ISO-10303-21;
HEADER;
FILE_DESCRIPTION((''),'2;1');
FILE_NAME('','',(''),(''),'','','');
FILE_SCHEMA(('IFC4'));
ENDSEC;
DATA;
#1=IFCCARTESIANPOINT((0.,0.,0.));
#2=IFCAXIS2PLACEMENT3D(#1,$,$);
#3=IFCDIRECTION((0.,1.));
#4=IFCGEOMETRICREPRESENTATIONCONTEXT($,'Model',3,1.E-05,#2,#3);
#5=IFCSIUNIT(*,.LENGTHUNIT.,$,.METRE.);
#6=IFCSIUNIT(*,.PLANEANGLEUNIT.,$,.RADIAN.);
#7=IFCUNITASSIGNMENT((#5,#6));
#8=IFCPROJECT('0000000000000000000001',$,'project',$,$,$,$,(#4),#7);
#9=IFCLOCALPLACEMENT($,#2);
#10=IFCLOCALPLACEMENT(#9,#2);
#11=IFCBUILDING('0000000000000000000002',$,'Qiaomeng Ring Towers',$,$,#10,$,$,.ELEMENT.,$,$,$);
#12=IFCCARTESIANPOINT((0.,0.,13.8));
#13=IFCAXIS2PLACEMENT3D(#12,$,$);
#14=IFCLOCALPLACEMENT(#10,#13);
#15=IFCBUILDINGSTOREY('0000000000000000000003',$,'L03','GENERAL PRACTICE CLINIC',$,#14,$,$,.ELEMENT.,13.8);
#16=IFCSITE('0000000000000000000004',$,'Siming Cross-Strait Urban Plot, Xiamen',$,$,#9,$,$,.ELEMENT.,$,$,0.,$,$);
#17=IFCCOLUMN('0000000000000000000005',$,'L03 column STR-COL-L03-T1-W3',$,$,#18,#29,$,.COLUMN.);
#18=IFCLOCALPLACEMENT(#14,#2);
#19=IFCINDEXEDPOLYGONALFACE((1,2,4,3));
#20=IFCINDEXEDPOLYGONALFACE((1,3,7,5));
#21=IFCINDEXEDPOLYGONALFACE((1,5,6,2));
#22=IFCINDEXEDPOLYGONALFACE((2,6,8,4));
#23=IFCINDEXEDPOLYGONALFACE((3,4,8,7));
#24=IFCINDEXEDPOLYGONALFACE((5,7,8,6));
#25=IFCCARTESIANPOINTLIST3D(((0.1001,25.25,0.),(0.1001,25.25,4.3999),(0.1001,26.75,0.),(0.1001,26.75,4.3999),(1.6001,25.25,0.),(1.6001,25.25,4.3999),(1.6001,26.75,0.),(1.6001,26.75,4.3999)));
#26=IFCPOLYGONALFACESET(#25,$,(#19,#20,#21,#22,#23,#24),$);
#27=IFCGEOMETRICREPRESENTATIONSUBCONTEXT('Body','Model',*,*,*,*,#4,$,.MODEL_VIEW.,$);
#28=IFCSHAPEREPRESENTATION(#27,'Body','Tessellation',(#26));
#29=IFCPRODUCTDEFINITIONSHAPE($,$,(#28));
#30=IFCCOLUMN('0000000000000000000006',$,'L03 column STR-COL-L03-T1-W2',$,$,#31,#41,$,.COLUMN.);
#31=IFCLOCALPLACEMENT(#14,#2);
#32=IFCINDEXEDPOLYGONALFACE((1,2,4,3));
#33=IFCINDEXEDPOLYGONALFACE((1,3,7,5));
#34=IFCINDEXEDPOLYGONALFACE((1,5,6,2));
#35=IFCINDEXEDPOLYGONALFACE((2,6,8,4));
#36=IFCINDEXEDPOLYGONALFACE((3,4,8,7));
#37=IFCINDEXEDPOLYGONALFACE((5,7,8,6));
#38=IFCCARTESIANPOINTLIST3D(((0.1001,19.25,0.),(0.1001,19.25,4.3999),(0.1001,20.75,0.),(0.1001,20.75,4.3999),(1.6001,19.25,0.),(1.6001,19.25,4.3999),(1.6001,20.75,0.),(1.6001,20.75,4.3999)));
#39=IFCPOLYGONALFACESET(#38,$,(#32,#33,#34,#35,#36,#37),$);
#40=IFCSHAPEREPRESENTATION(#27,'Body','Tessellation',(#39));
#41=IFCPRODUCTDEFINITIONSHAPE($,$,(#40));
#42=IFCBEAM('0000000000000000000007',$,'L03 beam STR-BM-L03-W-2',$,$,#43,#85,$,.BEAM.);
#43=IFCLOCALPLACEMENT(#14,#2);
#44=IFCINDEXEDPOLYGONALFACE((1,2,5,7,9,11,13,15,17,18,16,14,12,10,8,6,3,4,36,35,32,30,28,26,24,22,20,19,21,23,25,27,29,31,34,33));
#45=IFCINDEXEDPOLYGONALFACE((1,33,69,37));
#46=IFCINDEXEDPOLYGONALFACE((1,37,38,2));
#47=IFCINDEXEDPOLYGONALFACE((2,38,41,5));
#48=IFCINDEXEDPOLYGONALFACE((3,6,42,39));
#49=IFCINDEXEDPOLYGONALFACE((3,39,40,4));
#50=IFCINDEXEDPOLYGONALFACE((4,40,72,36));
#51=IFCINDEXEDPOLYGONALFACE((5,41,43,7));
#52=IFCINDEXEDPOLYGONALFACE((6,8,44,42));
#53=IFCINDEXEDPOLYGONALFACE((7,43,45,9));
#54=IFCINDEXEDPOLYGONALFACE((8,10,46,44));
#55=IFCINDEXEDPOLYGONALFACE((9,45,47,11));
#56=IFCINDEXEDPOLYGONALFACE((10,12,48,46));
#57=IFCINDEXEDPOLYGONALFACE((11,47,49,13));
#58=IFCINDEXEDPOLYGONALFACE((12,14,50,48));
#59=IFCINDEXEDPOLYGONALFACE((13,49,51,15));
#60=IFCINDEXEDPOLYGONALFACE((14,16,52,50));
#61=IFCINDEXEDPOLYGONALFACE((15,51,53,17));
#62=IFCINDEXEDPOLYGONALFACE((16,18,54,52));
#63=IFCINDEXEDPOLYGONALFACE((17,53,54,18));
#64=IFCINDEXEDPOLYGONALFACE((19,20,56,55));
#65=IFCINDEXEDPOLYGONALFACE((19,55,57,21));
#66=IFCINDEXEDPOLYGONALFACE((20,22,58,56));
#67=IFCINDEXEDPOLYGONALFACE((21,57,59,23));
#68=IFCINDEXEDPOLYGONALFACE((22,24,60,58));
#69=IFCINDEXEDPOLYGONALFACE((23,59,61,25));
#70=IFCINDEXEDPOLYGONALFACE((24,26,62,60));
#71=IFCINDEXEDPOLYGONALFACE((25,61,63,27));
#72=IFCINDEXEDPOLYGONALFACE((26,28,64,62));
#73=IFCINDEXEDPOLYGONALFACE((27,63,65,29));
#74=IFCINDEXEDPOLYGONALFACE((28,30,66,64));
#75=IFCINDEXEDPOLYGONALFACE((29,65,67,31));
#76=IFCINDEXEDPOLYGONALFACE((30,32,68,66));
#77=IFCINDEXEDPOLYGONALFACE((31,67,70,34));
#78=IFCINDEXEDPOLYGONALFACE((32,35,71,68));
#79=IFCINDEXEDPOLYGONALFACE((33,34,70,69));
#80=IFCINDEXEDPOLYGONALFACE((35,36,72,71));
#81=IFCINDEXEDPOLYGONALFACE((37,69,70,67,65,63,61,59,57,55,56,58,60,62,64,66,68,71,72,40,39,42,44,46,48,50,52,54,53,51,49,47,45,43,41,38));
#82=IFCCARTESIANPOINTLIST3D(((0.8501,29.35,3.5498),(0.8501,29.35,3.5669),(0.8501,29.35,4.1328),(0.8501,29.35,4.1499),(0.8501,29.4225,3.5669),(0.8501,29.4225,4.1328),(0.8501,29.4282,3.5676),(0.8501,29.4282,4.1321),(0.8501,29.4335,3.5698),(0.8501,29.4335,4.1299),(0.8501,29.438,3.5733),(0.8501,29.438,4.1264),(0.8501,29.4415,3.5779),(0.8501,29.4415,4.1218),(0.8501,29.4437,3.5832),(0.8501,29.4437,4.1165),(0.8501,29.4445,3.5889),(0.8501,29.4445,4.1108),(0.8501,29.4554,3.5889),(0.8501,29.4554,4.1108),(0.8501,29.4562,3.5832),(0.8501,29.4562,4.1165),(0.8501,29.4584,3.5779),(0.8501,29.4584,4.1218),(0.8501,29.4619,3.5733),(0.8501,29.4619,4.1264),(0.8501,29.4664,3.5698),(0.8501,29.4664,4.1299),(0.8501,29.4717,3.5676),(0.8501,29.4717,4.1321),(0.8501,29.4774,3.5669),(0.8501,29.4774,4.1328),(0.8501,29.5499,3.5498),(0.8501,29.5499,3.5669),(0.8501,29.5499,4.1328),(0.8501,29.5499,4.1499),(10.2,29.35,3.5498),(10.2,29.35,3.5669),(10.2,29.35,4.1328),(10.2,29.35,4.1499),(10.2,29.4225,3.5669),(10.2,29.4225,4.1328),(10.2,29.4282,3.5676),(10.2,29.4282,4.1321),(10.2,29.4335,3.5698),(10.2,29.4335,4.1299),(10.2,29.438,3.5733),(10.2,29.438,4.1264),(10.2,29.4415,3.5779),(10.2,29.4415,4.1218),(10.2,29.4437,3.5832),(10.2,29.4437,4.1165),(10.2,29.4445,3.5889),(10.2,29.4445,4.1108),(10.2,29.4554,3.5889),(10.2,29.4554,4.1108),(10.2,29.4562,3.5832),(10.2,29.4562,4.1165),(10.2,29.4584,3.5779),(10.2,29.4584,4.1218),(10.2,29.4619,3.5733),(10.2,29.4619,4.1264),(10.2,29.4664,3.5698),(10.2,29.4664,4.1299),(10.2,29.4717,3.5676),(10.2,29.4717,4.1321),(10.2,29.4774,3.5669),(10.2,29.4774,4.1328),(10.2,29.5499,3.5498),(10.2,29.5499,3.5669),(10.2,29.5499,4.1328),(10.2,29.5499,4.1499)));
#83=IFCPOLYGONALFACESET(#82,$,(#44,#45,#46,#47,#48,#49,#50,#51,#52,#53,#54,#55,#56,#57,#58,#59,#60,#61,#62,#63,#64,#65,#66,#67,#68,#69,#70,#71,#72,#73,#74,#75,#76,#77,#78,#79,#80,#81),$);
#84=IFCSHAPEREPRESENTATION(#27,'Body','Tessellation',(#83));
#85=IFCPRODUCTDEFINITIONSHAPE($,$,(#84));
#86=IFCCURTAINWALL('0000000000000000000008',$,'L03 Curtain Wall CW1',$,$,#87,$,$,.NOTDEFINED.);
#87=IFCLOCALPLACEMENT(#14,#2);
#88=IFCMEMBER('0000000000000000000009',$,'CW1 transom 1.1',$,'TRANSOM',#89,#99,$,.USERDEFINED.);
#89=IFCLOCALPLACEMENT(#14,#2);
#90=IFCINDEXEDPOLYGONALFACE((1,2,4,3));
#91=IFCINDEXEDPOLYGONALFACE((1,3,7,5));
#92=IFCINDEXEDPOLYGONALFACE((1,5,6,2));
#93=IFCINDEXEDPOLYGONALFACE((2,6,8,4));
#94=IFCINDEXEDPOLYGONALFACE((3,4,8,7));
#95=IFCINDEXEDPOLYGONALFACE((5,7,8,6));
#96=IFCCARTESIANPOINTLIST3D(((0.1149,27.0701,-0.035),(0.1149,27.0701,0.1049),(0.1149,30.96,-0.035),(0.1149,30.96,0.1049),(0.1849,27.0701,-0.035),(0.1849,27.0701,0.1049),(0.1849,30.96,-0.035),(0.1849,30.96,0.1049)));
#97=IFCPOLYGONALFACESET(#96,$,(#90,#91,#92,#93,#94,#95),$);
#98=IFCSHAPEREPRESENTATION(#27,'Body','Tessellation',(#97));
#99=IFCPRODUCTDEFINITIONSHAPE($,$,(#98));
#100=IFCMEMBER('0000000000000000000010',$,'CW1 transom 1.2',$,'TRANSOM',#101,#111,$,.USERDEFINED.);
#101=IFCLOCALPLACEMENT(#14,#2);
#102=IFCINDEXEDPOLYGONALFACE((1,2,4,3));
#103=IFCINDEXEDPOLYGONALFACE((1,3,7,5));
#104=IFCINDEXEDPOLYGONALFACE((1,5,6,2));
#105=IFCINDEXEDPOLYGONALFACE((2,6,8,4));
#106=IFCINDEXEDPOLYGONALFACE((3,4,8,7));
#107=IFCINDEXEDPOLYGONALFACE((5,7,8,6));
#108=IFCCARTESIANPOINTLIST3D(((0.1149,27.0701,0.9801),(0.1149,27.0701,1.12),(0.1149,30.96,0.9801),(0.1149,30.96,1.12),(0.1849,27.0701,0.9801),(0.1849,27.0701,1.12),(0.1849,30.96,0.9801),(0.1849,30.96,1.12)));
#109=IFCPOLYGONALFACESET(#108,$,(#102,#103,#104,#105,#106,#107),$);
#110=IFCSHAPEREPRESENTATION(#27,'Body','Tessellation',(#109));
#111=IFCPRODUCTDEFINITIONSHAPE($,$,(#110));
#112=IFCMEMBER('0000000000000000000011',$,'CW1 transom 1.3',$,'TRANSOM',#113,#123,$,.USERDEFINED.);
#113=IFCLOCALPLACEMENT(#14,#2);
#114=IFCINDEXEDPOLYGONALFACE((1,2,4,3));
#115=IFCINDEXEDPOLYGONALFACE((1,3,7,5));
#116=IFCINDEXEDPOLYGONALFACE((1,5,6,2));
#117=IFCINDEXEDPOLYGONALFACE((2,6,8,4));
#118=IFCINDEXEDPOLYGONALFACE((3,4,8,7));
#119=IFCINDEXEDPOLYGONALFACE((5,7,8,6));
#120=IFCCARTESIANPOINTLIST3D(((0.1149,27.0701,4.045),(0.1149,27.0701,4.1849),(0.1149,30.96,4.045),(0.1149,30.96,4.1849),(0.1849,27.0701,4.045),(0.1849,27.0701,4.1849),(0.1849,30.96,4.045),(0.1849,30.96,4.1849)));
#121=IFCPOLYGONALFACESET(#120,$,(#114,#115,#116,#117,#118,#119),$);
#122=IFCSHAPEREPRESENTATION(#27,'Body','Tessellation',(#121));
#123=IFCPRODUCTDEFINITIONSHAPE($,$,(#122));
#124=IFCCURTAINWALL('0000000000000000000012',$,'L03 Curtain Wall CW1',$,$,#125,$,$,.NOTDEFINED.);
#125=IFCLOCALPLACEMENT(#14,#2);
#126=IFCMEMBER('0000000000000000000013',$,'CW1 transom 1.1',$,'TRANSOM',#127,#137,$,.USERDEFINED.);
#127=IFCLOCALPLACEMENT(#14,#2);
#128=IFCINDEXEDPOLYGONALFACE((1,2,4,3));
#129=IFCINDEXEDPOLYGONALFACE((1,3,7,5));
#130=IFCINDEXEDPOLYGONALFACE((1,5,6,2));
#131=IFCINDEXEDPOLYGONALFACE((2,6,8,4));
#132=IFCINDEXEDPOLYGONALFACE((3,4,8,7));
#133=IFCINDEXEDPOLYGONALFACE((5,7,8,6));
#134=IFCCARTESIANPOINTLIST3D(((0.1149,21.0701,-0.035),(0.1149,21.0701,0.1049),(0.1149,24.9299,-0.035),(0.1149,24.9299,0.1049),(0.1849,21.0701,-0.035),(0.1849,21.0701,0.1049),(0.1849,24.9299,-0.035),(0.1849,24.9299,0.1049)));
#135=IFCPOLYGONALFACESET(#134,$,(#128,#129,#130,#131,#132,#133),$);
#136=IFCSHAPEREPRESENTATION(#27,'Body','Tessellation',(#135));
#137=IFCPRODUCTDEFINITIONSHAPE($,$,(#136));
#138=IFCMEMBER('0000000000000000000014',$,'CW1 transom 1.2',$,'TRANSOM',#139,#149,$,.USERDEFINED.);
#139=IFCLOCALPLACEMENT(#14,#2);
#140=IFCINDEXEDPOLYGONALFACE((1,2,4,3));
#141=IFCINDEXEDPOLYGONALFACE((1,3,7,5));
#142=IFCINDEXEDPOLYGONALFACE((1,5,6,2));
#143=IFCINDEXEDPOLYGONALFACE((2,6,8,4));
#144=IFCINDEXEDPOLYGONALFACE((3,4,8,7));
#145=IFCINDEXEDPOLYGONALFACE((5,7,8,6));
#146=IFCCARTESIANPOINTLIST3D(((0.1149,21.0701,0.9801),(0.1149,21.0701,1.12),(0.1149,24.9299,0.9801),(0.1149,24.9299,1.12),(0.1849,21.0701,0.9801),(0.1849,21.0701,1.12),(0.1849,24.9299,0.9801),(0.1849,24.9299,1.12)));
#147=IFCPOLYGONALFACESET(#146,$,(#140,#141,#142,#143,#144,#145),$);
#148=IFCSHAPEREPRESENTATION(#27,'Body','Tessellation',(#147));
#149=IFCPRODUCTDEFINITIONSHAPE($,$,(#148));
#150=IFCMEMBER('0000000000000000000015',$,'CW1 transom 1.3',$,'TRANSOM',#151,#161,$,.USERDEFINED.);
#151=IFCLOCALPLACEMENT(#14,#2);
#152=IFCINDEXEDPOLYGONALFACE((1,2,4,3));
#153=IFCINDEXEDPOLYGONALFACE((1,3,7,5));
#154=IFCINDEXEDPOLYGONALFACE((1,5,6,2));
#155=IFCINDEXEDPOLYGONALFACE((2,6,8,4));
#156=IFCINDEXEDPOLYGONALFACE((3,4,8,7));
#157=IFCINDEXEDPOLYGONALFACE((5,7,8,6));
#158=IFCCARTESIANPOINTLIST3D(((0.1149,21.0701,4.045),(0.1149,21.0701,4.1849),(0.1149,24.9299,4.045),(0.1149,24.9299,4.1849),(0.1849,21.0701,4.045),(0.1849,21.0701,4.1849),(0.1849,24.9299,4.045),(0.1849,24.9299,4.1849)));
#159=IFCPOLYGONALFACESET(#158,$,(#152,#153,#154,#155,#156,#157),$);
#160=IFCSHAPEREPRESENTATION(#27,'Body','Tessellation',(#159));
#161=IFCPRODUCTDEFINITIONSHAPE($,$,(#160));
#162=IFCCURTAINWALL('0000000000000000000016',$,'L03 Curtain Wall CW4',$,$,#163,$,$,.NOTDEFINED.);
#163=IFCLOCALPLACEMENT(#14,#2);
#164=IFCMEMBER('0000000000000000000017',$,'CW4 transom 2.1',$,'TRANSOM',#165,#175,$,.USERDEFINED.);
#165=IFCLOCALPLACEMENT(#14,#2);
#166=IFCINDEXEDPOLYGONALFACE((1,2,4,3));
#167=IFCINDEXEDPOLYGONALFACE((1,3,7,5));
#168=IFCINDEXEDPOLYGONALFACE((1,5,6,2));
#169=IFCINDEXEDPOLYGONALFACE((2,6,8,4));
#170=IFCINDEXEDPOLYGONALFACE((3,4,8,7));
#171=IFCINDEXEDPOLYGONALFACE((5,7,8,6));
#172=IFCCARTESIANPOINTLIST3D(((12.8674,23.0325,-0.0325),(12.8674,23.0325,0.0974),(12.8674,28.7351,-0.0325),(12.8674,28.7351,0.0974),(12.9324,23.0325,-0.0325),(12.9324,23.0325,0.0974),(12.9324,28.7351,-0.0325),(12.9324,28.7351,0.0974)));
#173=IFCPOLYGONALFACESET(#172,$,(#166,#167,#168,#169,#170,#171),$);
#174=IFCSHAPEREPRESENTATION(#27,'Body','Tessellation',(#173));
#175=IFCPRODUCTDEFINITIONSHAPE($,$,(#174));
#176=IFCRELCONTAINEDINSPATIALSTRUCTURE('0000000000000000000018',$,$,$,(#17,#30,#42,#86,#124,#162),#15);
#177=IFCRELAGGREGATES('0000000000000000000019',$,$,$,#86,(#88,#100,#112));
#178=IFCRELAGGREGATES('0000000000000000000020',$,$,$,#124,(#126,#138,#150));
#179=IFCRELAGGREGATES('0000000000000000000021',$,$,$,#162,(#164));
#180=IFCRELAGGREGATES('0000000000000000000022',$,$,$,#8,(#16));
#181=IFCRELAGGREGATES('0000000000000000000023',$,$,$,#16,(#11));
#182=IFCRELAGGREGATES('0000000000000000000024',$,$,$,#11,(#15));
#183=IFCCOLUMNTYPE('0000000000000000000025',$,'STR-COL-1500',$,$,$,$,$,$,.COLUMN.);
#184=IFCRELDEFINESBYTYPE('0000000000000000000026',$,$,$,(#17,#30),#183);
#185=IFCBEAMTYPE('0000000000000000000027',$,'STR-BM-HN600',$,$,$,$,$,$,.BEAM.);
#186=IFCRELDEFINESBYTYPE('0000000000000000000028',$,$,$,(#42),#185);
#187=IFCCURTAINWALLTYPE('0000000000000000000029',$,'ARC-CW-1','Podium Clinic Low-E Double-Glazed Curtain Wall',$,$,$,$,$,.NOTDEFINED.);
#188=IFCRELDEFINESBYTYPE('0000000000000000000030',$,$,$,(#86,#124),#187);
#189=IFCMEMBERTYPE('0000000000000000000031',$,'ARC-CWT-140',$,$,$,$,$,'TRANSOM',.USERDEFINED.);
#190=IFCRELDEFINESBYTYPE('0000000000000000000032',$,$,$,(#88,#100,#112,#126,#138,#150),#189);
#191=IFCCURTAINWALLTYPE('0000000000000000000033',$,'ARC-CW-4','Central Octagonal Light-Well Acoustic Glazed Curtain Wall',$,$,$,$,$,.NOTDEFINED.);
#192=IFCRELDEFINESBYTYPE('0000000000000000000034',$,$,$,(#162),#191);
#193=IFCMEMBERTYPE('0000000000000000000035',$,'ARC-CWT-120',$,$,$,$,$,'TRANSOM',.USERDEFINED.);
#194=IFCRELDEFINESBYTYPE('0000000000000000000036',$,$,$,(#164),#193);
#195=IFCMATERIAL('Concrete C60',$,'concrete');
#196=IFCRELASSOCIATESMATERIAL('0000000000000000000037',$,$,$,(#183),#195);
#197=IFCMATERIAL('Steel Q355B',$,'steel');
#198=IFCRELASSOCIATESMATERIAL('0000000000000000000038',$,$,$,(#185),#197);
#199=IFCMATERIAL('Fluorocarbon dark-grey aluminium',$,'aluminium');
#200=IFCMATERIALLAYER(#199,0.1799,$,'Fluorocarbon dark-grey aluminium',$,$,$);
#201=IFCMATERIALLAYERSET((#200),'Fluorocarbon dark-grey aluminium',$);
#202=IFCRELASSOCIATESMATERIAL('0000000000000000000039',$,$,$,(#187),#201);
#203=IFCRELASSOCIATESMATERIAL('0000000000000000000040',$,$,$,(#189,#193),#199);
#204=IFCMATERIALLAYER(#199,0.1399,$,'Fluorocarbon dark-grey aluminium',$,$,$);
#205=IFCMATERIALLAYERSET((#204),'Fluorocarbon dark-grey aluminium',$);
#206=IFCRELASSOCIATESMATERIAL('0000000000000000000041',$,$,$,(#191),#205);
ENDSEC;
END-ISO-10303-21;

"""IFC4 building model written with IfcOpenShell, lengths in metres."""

from ifc_helpers import new_model, si_unit, direction, frame, origin, origin_2d, place, context, subcontext, project, spatial, rectangle, i_section, extrude, source, transform, mapped, material, layer, layer_set, material_profile, profile_set, type_object, element, aggregate, save


model = new_model("IFC4")

# Units and contexts
model_context = context("Model", 3, precision=1e-05, world=origin(), true_north=direction((0.0, 1.0)))
body_context = subcontext(model_context, "Body", "Model", "MODEL_VIEW")
ifc_project = project(units=[si_unit("LENGTHUNIT", "METRE"), si_unit("PLANEANGLEUNIT", "RADIAN")], contexts=[model_context])

# Site, building, storey
site_placement = place(None, origin())
site = spatial("IfcSite", under=ifc_project, at=site_placement, Name="Siming Cross-Strait Urban Plot, Xiamen", CompositionType="ELEMENT", RefElevation=0.0)
building_placement = place(site_placement, origin())
building = spatial("IfcBuilding", under=site, at=building_placement, Name="Qiaomeng Ring Towers", CompositionType="ELEMENT")
storey_placement = place(building_placement, frame((0.0, 0.0, 13.8)))
storey = spatial("IfcBuildingStorey", under=building, at=storey_placement, Name="L03", Description="GENERAL PRACTICE CLINIC", CompositionType="ELEMENT", Elevation=13.8)

# Columns
ifc_material_1 = material(Name="Concrete C60", Category="concrete")
ifc_material_profile_1 = material_profile(ifc_material_1, rectangle(XDim=1.5, YDim=1.5, at=origin_2d()), Name="RC COL 1500x1500")
ifc_profile_set_1 = profile_set([ifc_material_profile_1], Name="Concrete C60")
column_type = type_object("IfcColumnType", Name="STR-COL-1500", PredefinedType="COLUMN", material=ifc_profile_set_1)
shared_shape_1 = source(origin(), body_context, "Body", "SweptSolid", [
    extrude(rectangle(XDim=1.5, YDim=1.5, at=origin_2d()), origin(), (0.0, 0.0, 1.0), 4.3999),
])
for number, where, z_axis, x_axis, name in (
    (1, (0.8501, 26.0, 0.0), (0.0, 0.0, 1.0), (1.0, 0.0, 0.0), "L03 column STR-COL-L03-T1-W3"),
    (2, (0.8501, 20.0, 0.0), (0.0, 0.0, 1.0), (1.0, 0.0, 0.0), "L03 column STR-COL-L03-T1-W2"),
):
    element("IfcColumn", number, at=place(storey_placement, frame(where, z_axis=z_axis, x_axis=x_axis)), inside=storey, type_object=column_type, Name=name, PredefinedType="COLUMN", context=body_context, shape_type="MappedRepresentation", body=[
        mapped(shared_shape_1, transform((0.0, 0.0, 0.0), x_axis=(1.0, 0.0, 0.0), y_axis=(0.0, 1.0, 0.0), z_axis=(0.0, 0.0, 1.0), scale=1.0)),
    ])

# Beam
ifc_material_2 = material(Name="Steel Q355B", Category="steel")
ifc_material_profile_2 = material_profile(ifc_material_2, i_section(OverallWidth=0.2, OverallDepth=0.6001, WebThickness=0.011, FlangeThickness=0.0171, FilletRadius=0.022, at=origin_2d()), Name="HN 600x200x11x17")
ifc_profile_set_2 = profile_set([ifc_material_profile_2], Name="Steel Q355B")
beam_type = type_object("IfcBeamType", Name="STR-BM-HN600", PredefinedType="BEAM", material=ifc_profile_set_2)
shared_shape_2 = source(origin(), body_context, "Body", "SweptSolid", [
    extrude(i_section(OverallWidth=0.2, OverallDepth=0.6001, WebThickness=0.011, FlangeThickness=0.0171, FilletRadius=0.022, at=origin_2d()), origin(), (0.0, 0.0, 1.0), 9.3499),
])
beam_placement = place(storey_placement, frame((0.8501, 29.45, 3.8499), z_axis=(1.0, 0.0, 0.0), x_axis=(0.0, 1.0, 0.0)))
element("IfcBeam", 3, at=beam_placement, inside=storey, type_object=beam_type, Name="L03 beam STR-BM-L03-W-2", PredefinedType="BEAM", context=body_context, shape_type="MappedRepresentation", body=[
    mapped(shared_shape_2, transform((0.0, 0.0, 0.0), x_axis=(1.0, 0.0, 0.0), y_axis=(0.0, 1.0, 0.0), z_axis=(0.0, 0.0, 1.0), scale=1.0)),
])

# Curtain walls, members
ifc_material_3 = material(Name="Fluorocarbon dark-grey aluminium", Category="aluminium")
ifc_layer_1 = layer(ifc_material_3, 0.1799, Name="Fluorocarbon dark-grey aluminium")
ifc_layer_set_1 = layer_set([ifc_layer_1], Name="Fluorocarbon dark-grey aluminium")
curtain_wall_type_1 = type_object("IfcCurtainWallType", Name="ARC-CW-1", Description="Podium Clinic Low-E Double-Glazed Curtain Wall", PredefinedType="NOTDEFINED", material=ifc_layer_set_1)
curtain_wall_1_placement = place(storey_placement, origin())
curtain_wall_1 = element("IfcCurtainWall", 4, at=curtain_wall_1_placement, inside=storey, type_object=curtain_wall_type_1, Name="L03 Curtain Wall CW1", PredefinedType="NOTDEFINED")
ifc_material_profile_3 = material_profile(ifc_material_3, rectangle(XDim=0.0701, YDim=0.1399, at=origin_2d()), Name="ALU TRAN 70x140")
ifc_profile_set_3 = profile_set([ifc_material_profile_3], Name="Fluorocarbon dark-grey aluminium")
member_type_1 = type_object("IfcMemberType", Name="ARC-CWT-140", ElementType="TRANSOM", PredefinedType="USERDEFINED", material=ifc_profile_set_3)
shared_shape_3 = source(origin(), body_context, "Body", "SweptSolid", [
    extrude(rectangle(XDim=0.0701, YDim=0.1399, at=origin_2d()), origin(), (0.0, 0.0, 1.0), 3.8899),
])
member_1_placement = place(storey_placement, frame((0.1499, 27.0701, 0.0349), z_axis=(0.0, 1.0, 0.0), x_axis=(-1.0, 0.0, 0.0)))
member_1 = element("IfcMember", 5, at=member_1_placement, type_object=member_type_1, Name="CW1 transom 1.1", ObjectType="TRANSOM", PredefinedType="USERDEFINED", context=body_context, shape_type="MappedRepresentation", body=[
    mapped(shared_shape_3, transform((0.0, 0.0, 0.0), x_axis=(1.0, 0.0, 0.0), y_axis=(0.0, 1.0, 0.0), z_axis=(0.0, 0.0, 1.0), scale=1.0)),
])
member_2_placement = place(storey_placement, frame((0.1499, 27.0701, 1.05), z_axis=(0.0, 1.0, 0.0), x_axis=(-1.0, 0.0, 0.0)))
member_2 = element("IfcMember", 6, at=member_2_placement, type_object=member_type_1, Name="CW1 transom 1.2", ObjectType="TRANSOM", PredefinedType="USERDEFINED", context=body_context, shape_type="MappedRepresentation", body=[
    mapped(shared_shape_3, transform((0.0, 0.0, 0.0), x_axis=(1.0, 0.0, 0.0), y_axis=(0.0, 1.0, 0.0), z_axis=(0.0, 0.0, 1.0), scale=1.0)),
])
member_3_placement = place(storey_placement, frame((0.1499, 27.0701, 4.115), z_axis=(0.0, 1.0, 0.0), x_axis=(-1.0, 0.0, 0.0)))
member_3 = element("IfcMember", 7, at=member_3_placement, type_object=member_type_1, Name="CW1 transom 1.3", ObjectType="TRANSOM", PredefinedType="USERDEFINED", context=body_context, shape_type="MappedRepresentation", body=[
    mapped(shared_shape_3, transform((0.0, 0.0, 0.0), x_axis=(1.0, 0.0, 0.0), y_axis=(0.0, 1.0, 0.0), z_axis=(0.0, 0.0, 1.0), scale=1.0)),
])
curtain_wall_2_placement = place(storey_placement, origin())
curtain_wall_2 = element("IfcCurtainWall", 8, at=curtain_wall_2_placement, inside=storey, type_object=curtain_wall_type_1, Name="L03 Curtain Wall CW1", PredefinedType="NOTDEFINED")
shared_shape_4 = source(origin(), body_context, "Body", "SweptSolid", [
    extrude(rectangle(XDim=0.0701, YDim=0.1399, at=origin_2d()), origin(), (0.0, 0.0, 1.0), 3.8599),
])
member_4_placement = place(storey_placement, frame((0.1499, 21.0701, 0.0349), z_axis=(0.0, 1.0, 0.0), x_axis=(-1.0, 0.0, 0.0)))
member_4 = element("IfcMember", 9, at=member_4_placement, type_object=member_type_1, Name="CW1 transom 1.1", ObjectType="TRANSOM", PredefinedType="USERDEFINED", context=body_context, shape_type="MappedRepresentation", body=[
    mapped(shared_shape_4, transform((0.0, 0.0, 0.0), x_axis=(1.0, 0.0, 0.0), y_axis=(0.0, 1.0, 0.0), z_axis=(0.0, 0.0, 1.0), scale=1.0)),
])
member_5_placement = place(storey_placement, frame((0.1499, 21.0701, 1.05), z_axis=(0.0, 1.0, 0.0), x_axis=(-1.0, 0.0, 0.0)))
member_5 = element("IfcMember", 10, at=member_5_placement, type_object=member_type_1, Name="CW1 transom 1.2", ObjectType="TRANSOM", PredefinedType="USERDEFINED", context=body_context, shape_type="MappedRepresentation", body=[
    mapped(shared_shape_4, transform((0.0, 0.0, 0.0), x_axis=(1.0, 0.0, 0.0), y_axis=(0.0, 1.0, 0.0), z_axis=(0.0, 0.0, 1.0), scale=1.0)),
])
member_6_placement = place(storey_placement, frame((0.1499, 21.0701, 4.115), z_axis=(0.0, 1.0, 0.0), x_axis=(-1.0, 0.0, 0.0)))
member_6 = element("IfcMember", 11, at=member_6_placement, type_object=member_type_1, Name="CW1 transom 1.3", ObjectType="TRANSOM", PredefinedType="USERDEFINED", context=body_context, shape_type="MappedRepresentation", body=[
    mapped(shared_shape_4, transform((0.0, 0.0, 0.0), x_axis=(1.0, 0.0, 0.0), y_axis=(0.0, 1.0, 0.0), z_axis=(0.0, 0.0, 1.0), scale=1.0)),
])
ifc_layer_2 = layer(ifc_material_3, 0.1399, Name="Fluorocarbon dark-grey aluminium")
ifc_layer_set_2 = layer_set([ifc_layer_2], Name="Fluorocarbon dark-grey aluminium")
curtain_wall_type_2 = type_object("IfcCurtainWallType", Name="ARC-CW-4", Description="Central Octagonal Light-Well Acoustic Glazed Curtain Wall", PredefinedType="NOTDEFINED", material=ifc_layer_set_2)
curtain_wall_3_placement = place(storey_placement, origin())
curtain_wall_3 = element("IfcCurtainWall", 12, at=curtain_wall_3_placement, inside=storey, type_object=curtain_wall_type_2, Name="L03 Curtain Wall CW4", PredefinedType="NOTDEFINED")
ifc_material_profile_4 = material_profile(ifc_material_3, rectangle(XDim=0.0649, YDim=0.1299, at=origin_2d()), Name="ALU TRAN 65x130")
ifc_profile_set_4 = profile_set([ifc_material_profile_4], Name="Fluorocarbon dark-grey aluminium")
member_type_2 = type_object("IfcMemberType", Name="ARC-CWT-120", ElementType="TRANSOM", PredefinedType="USERDEFINED", material=ifc_profile_set_4)
shared_shape_5 = source(origin(), body_context, "Body", "SweptSolid", [
    extrude(rectangle(XDim=0.0649, YDim=0.1299, at=origin_2d()), origin(), (0.0, 0.0, 1.0), 5.7026),
])
member_7_placement = place(storey_placement, frame((12.8999, 23.0325, 0.0325), z_axis=(0.0, 1.0, 0.0), x_axis=(-1.0, 0.0, 0.0)))
member_7 = element("IfcMember", 13, at=member_7_placement, type_object=member_type_2, Name="CW4 transom 2.1", ObjectType="TRANSOM", PredefinedType="USERDEFINED", context=body_context, shape_type="MappedRepresentation", body=[
    mapped(shared_shape_5, transform((0.0, 0.0, 0.0), x_axis=(1.0, 0.0, 0.0), y_axis=(0.0, 1.0, 0.0), z_axis=(0.0, 0.0, 1.0), scale=1.0)),
])

aggregate(curtain_wall_1, [member_1, member_2, member_3])
aggregate(curtain_wall_2, [member_4, member_5, member_6])
aggregate(curtain_wall_3, [member_7])

save(model, "model.ifc")
